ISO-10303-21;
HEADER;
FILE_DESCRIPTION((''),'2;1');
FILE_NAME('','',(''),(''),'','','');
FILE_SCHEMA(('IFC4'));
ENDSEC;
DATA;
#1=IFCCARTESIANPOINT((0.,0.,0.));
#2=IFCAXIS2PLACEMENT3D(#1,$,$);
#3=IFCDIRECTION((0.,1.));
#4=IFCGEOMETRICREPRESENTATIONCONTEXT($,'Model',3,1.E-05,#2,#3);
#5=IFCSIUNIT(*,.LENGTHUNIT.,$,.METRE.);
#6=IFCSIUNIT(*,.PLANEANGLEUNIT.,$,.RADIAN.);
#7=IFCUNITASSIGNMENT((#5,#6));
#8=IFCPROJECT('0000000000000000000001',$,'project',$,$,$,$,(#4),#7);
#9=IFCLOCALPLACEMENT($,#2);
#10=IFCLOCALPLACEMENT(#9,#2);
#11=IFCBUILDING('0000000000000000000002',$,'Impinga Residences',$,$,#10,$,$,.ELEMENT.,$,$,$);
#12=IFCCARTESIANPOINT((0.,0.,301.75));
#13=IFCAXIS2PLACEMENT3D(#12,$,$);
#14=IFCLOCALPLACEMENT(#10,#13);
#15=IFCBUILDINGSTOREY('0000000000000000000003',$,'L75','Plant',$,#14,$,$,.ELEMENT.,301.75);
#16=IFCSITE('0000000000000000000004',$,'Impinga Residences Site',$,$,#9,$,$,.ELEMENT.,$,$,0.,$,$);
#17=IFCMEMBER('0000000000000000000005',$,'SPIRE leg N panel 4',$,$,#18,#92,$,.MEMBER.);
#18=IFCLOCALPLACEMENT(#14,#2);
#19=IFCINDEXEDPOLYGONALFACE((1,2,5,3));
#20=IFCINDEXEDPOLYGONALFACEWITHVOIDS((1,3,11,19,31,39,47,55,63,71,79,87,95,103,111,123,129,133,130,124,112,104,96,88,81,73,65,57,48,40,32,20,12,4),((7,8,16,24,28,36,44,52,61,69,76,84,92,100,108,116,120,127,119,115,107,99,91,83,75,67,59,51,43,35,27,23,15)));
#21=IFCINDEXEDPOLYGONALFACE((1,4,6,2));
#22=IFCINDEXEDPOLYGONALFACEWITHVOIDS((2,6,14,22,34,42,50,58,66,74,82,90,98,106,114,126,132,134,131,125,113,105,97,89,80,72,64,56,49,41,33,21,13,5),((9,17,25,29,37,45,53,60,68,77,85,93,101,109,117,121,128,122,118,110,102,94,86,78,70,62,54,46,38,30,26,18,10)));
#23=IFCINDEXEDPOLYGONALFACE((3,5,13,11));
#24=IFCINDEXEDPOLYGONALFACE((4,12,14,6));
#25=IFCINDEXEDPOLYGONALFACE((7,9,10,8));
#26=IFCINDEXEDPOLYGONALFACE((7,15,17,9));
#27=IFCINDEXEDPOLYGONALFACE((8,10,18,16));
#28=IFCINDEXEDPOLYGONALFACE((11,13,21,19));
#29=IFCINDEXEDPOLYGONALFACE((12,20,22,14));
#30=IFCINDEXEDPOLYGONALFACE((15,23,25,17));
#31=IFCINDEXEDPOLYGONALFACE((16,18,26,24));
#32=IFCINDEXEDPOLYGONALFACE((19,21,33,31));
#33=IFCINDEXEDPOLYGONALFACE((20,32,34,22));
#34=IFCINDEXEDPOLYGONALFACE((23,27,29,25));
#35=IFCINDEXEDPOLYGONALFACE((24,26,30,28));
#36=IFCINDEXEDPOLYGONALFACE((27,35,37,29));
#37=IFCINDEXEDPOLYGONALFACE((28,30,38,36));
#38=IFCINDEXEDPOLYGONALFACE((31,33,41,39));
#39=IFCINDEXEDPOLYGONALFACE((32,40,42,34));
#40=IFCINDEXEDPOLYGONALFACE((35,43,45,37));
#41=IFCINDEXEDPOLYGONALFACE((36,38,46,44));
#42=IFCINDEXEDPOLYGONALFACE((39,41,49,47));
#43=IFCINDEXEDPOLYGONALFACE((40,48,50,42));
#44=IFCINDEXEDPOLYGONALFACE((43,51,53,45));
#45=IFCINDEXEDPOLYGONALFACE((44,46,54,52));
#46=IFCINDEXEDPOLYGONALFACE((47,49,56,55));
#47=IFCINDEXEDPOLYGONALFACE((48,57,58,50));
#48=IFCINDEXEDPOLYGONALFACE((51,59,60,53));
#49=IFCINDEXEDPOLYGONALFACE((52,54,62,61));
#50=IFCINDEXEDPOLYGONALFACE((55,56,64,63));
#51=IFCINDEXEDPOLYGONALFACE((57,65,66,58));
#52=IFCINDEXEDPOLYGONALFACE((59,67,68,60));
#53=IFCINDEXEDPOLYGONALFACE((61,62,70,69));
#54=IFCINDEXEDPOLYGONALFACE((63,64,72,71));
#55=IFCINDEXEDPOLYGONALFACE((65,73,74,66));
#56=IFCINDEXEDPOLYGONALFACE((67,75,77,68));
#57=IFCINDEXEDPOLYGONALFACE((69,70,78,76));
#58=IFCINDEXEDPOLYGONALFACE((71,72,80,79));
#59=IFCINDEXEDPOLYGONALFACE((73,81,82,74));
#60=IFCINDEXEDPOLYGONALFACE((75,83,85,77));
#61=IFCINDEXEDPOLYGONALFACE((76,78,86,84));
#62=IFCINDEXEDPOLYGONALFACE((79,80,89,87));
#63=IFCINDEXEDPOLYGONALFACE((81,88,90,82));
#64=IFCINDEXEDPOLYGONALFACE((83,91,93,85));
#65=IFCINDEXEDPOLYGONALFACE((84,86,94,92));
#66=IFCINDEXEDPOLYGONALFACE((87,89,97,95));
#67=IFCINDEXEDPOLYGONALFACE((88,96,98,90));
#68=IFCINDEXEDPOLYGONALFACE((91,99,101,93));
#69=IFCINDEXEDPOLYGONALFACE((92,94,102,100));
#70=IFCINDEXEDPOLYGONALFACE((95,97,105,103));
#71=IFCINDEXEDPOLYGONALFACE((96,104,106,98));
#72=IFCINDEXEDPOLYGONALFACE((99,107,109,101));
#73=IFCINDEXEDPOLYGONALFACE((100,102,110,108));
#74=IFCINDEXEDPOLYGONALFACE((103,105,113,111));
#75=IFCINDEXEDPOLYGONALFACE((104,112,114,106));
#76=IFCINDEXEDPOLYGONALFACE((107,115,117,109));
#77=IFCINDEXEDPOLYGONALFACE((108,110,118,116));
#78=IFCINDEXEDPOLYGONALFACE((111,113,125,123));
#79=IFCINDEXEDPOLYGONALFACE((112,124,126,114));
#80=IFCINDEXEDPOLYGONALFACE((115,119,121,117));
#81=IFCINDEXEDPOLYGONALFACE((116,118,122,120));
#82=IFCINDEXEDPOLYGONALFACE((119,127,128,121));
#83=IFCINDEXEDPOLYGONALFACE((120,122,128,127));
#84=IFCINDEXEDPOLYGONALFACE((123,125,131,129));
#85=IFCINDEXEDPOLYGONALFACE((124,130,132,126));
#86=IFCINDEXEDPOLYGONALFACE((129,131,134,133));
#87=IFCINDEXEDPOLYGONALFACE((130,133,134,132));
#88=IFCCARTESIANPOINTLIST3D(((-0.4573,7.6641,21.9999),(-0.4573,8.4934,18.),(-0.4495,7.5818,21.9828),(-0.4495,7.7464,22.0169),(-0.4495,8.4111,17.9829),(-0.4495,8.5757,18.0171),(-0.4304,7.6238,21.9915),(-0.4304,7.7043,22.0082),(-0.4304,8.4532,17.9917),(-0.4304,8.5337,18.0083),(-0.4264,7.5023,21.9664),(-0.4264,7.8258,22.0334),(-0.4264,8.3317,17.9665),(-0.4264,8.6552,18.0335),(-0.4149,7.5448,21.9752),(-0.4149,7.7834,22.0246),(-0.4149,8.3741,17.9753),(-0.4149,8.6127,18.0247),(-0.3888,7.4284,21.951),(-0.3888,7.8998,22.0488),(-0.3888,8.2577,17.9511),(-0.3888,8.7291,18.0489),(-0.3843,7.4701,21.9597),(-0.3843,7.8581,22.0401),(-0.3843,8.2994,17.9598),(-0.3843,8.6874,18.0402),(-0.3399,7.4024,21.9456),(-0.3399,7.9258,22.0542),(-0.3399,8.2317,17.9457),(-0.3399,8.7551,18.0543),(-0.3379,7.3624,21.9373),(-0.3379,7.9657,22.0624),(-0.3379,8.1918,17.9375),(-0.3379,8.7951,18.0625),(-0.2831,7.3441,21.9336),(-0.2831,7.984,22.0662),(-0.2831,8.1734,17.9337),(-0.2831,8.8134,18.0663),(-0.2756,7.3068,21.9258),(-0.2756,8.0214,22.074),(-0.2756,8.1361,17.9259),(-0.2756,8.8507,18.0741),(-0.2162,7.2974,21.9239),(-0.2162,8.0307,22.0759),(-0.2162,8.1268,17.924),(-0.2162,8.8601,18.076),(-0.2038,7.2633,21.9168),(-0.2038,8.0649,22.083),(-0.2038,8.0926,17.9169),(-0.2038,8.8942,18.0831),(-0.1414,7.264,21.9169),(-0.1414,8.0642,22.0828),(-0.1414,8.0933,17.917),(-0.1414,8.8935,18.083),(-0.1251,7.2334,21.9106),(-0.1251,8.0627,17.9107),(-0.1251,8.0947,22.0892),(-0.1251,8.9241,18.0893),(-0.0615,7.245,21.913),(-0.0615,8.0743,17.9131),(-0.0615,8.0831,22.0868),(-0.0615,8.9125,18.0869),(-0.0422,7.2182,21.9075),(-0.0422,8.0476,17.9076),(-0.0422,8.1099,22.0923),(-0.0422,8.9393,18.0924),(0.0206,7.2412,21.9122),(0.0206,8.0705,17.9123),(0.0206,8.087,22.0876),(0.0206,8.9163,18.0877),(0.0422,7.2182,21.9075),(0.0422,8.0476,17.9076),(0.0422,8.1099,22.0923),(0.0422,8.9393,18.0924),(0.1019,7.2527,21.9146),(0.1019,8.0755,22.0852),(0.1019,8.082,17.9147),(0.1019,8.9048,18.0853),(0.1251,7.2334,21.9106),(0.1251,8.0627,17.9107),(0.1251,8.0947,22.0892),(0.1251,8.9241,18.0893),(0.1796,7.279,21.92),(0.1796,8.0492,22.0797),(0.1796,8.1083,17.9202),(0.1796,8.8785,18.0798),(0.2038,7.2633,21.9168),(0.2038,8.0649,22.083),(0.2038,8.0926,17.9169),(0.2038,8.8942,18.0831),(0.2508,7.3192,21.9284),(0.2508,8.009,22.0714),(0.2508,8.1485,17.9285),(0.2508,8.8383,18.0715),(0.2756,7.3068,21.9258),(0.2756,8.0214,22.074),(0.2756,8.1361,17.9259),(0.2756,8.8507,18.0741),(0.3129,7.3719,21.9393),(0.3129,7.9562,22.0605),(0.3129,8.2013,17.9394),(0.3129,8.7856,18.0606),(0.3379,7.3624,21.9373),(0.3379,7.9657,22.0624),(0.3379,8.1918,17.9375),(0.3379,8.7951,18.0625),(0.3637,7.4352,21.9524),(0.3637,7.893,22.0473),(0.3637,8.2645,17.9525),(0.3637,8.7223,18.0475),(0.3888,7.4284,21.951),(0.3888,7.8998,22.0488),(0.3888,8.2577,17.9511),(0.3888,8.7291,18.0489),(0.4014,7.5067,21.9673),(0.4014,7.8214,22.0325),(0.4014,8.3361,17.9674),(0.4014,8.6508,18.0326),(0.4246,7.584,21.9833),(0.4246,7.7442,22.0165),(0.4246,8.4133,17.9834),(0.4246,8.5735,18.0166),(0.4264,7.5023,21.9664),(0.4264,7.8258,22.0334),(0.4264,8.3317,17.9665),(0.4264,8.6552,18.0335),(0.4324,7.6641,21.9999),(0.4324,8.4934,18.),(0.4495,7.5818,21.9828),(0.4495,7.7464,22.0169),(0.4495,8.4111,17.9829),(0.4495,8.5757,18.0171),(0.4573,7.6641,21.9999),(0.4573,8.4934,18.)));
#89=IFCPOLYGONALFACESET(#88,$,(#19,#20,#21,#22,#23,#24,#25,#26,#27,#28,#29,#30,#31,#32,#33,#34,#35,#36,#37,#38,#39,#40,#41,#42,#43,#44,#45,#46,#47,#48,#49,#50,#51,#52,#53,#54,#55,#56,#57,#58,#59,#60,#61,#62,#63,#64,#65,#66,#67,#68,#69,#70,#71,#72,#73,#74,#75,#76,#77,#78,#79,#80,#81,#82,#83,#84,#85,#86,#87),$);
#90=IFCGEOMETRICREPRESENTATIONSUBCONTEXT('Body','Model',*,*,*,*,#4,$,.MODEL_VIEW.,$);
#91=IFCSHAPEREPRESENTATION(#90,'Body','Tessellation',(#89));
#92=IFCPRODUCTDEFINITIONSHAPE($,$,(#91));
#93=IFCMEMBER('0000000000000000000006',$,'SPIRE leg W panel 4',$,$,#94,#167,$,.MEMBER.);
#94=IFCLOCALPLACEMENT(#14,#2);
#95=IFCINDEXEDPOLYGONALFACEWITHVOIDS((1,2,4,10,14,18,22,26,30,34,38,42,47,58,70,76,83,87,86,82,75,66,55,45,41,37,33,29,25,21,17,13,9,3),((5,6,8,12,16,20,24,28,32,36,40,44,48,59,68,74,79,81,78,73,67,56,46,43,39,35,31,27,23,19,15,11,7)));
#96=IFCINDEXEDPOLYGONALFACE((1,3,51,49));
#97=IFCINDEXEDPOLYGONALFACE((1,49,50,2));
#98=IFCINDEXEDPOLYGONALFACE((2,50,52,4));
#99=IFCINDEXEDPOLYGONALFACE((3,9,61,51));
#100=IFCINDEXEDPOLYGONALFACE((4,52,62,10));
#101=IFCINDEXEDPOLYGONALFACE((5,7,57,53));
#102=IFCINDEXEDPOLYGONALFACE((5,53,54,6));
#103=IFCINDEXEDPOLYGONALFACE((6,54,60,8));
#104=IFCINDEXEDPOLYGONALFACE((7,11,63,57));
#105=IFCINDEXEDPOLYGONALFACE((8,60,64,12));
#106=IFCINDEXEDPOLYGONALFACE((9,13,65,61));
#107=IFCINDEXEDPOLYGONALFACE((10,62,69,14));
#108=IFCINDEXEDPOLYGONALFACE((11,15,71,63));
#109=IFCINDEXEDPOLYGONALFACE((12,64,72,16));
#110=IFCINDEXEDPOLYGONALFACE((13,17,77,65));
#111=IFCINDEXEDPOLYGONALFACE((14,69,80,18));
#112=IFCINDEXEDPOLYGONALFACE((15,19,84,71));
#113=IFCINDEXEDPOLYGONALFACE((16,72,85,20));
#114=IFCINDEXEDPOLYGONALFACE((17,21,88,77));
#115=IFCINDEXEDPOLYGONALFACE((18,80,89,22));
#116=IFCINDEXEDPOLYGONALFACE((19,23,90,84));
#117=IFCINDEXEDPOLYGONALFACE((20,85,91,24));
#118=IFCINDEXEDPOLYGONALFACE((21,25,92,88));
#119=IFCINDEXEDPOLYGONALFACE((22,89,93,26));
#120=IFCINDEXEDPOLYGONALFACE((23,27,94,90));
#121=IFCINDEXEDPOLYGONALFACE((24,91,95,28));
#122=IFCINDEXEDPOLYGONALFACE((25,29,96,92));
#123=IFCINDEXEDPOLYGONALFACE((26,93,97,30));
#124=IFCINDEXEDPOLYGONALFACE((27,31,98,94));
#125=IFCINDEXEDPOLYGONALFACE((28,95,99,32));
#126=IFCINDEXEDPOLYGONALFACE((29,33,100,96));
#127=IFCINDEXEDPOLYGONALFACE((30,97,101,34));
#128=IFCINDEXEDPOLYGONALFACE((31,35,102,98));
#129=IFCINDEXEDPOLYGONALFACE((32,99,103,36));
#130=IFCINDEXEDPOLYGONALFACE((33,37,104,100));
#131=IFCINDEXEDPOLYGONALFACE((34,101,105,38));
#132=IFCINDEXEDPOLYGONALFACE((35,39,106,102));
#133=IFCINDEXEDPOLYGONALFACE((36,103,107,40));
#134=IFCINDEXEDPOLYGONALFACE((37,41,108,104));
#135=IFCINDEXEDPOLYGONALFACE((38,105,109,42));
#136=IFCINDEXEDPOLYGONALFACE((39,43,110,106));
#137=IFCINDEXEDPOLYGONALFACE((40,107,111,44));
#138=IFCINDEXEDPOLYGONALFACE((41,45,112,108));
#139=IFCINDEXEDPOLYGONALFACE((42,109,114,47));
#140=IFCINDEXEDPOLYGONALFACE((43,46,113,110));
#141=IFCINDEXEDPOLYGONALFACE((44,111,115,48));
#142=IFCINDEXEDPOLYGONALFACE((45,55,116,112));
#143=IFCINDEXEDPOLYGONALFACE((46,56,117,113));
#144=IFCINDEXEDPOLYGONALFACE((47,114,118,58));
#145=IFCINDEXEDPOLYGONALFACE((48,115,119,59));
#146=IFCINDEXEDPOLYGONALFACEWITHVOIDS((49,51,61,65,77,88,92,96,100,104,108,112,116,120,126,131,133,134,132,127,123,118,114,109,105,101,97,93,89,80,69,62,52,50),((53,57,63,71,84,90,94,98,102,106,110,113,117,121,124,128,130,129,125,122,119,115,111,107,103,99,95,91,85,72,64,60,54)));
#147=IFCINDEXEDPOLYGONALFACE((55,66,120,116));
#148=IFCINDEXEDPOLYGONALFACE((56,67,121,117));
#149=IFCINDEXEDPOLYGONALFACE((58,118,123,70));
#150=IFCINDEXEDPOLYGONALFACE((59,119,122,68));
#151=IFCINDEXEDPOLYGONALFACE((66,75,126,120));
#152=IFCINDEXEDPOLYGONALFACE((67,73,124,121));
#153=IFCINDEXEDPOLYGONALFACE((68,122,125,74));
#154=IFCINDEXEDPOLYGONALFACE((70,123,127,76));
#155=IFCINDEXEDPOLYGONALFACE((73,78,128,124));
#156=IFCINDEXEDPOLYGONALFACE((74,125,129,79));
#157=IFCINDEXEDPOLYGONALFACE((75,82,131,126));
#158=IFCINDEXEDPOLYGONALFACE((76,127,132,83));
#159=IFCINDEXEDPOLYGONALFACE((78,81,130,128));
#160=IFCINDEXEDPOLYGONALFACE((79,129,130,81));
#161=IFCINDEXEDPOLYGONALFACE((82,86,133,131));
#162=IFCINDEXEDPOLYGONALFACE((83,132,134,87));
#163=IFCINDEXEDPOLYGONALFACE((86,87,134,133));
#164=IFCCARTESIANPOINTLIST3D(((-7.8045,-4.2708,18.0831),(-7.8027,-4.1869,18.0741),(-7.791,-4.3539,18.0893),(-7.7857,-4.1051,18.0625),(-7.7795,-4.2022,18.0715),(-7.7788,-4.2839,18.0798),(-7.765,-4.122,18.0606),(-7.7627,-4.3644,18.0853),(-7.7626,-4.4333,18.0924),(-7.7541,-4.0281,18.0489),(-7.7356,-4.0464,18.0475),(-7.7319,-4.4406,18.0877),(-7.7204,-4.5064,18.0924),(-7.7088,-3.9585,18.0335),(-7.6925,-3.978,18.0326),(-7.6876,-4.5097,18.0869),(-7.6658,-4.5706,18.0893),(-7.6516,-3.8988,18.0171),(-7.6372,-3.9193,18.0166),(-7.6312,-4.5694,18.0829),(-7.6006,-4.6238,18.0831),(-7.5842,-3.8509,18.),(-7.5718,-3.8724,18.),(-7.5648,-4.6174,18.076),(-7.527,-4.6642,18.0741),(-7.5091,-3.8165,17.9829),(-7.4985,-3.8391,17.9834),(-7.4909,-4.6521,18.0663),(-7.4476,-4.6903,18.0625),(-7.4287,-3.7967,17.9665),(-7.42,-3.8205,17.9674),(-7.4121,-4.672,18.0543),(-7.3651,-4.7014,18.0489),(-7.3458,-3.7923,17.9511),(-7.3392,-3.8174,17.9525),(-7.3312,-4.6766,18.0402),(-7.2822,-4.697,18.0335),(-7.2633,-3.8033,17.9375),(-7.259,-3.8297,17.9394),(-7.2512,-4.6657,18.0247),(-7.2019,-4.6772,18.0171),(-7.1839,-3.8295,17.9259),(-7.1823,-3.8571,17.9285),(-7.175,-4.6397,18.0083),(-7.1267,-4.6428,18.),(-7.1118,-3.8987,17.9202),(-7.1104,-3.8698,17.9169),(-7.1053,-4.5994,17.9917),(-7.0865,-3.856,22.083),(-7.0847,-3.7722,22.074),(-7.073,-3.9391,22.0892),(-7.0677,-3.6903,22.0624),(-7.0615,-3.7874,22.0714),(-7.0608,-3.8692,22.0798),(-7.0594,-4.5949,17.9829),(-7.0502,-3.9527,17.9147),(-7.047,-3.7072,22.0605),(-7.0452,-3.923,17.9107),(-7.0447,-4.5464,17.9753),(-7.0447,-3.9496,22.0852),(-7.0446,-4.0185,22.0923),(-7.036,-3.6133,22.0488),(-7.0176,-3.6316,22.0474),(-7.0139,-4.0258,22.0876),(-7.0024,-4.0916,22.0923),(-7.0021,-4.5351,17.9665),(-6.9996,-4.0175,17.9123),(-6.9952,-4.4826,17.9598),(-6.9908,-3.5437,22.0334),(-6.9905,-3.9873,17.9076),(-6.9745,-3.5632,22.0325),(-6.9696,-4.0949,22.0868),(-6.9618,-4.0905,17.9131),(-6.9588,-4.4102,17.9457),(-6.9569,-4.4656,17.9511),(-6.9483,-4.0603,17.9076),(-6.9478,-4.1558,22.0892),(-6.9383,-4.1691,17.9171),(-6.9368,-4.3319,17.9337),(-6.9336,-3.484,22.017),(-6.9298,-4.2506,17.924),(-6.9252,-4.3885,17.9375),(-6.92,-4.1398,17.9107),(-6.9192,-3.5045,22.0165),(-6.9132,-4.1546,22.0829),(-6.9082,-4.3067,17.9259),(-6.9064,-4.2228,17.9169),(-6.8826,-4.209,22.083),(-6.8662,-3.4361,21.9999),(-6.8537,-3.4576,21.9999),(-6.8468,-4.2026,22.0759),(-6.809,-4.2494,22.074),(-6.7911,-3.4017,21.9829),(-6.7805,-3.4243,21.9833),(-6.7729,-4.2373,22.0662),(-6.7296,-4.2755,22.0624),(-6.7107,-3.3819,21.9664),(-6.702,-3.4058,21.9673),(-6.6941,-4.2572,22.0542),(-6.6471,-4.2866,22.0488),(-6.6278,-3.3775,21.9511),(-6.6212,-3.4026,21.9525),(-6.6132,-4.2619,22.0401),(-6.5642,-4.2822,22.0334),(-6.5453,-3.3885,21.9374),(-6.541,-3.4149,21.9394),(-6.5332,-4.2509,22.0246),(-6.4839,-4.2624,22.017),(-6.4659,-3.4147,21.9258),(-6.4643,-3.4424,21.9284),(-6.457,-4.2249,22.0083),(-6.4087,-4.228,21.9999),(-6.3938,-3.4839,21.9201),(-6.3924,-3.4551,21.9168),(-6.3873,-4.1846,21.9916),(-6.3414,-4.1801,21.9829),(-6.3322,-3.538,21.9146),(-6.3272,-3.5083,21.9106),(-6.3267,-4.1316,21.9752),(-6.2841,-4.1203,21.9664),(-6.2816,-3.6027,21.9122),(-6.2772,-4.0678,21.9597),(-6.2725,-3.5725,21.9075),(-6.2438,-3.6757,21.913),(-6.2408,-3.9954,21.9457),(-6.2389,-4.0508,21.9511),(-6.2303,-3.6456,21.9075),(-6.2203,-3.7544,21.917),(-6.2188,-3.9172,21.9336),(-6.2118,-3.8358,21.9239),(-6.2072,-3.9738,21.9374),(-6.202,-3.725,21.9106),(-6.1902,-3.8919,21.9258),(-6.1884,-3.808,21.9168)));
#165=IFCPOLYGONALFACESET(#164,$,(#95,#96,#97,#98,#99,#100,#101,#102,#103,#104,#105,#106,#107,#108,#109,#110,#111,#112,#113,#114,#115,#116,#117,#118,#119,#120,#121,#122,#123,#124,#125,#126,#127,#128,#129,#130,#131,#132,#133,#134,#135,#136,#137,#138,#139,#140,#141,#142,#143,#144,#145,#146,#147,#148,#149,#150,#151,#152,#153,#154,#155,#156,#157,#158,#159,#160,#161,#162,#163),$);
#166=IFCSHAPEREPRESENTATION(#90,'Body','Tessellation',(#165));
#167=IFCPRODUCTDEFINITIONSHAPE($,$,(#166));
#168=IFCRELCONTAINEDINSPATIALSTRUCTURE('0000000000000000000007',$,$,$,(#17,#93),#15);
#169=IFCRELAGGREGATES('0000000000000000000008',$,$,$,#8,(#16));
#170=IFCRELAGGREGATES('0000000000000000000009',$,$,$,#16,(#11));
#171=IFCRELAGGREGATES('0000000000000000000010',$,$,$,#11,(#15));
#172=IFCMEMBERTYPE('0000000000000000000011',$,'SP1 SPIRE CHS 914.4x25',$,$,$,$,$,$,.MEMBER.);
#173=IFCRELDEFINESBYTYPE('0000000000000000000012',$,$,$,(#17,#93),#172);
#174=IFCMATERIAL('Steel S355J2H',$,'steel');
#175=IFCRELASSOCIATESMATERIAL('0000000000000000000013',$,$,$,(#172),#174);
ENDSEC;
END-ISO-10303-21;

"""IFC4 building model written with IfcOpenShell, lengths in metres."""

from ifc_helpers import new_model, si_unit, direction, frame, origin, origin_2d, place, context, subcontext, project, spatial, hollow_circle, extrude, material, material_profile, profile_set, type_object, element, save


model = new_model("IFC4")

# Units and contexts
model_context = context("Model", 3, precision=1e-05, world=origin(), true_north=direction((0.0, 1.0)))
body_context = subcontext(model_context, "Body", "Model", "MODEL_VIEW")
ifc_project = project(units=[si_unit("LENGTHUNIT", "METRE"), si_unit("PLANEANGLEUNIT", "RADIAN")], contexts=[model_context])

# Site, building, storey
site_placement = place(None, origin())
site = spatial("IfcSite", under=ifc_project, at=site_placement, Name="Impinga Residences Site", CompositionType="ELEMENT", RefElevation=0.0)
building_placement = place(site_placement, origin())
building = spatial("IfcBuilding", under=site, at=building_placement, Name="Impinga Residences", CompositionType="ELEMENT")
storey_placement = place(building_placement, frame((0.0, 0.0, 301.75)))
storey = spatial("IfcBuildingStorey", under=building, at=storey_placement, Name="L75", Description="Plant", CompositionType="ELEMENT", Elevation=301.75)

# Members
ifc_material = material(Name="Steel S355J2H", Category="steel")
ifc_material_profile_1 = material_profile(ifc_material, hollow_circle(Radius=0.4573, WallThickness=0.0249, at=origin_2d()), Name="CHS 914.4x25")
ifc_profile_set_1 = profile_set([ifc_material_profile_1], Name="Steel S355J2H")
member_type_1 = type_object("IfcMemberType", Name="SP1 SPIRE CHS 914.4x25", PredefinedType="MEMBER", material=ifc_profile_set_1)
for number, where, z_axis, x_axis, name in (
    (1, (0.0, 8.4934, 18.0), (0.0, -0.203019, 0.979175), (1.0, 0.0, 0.0), "SPIRE leg N panel 4"),
    (2, (-7.3555, -4.2468, 18.0), (0.175767, 0.10154, 0.979181), (-0.500224, 0.865896, 0.0), "SPIRE leg W panel 4"),
):
    element("IfcMember", number, at=place(storey_placement, frame(where, z_axis=z_axis, x_axis=x_axis)), inside=storey, type_object=member_type_1, Name=name, PredefinedType="MEMBER", context=body_context, shape_type="SweptSolid", body=[
        extrude(hollow_circle(Radius=0.4573, WallThickness=0.0249, at=origin_2d()), origin(), (0.0, 0.0, 1.0), 4.085),
    ])

save(model, "model.ifc")
